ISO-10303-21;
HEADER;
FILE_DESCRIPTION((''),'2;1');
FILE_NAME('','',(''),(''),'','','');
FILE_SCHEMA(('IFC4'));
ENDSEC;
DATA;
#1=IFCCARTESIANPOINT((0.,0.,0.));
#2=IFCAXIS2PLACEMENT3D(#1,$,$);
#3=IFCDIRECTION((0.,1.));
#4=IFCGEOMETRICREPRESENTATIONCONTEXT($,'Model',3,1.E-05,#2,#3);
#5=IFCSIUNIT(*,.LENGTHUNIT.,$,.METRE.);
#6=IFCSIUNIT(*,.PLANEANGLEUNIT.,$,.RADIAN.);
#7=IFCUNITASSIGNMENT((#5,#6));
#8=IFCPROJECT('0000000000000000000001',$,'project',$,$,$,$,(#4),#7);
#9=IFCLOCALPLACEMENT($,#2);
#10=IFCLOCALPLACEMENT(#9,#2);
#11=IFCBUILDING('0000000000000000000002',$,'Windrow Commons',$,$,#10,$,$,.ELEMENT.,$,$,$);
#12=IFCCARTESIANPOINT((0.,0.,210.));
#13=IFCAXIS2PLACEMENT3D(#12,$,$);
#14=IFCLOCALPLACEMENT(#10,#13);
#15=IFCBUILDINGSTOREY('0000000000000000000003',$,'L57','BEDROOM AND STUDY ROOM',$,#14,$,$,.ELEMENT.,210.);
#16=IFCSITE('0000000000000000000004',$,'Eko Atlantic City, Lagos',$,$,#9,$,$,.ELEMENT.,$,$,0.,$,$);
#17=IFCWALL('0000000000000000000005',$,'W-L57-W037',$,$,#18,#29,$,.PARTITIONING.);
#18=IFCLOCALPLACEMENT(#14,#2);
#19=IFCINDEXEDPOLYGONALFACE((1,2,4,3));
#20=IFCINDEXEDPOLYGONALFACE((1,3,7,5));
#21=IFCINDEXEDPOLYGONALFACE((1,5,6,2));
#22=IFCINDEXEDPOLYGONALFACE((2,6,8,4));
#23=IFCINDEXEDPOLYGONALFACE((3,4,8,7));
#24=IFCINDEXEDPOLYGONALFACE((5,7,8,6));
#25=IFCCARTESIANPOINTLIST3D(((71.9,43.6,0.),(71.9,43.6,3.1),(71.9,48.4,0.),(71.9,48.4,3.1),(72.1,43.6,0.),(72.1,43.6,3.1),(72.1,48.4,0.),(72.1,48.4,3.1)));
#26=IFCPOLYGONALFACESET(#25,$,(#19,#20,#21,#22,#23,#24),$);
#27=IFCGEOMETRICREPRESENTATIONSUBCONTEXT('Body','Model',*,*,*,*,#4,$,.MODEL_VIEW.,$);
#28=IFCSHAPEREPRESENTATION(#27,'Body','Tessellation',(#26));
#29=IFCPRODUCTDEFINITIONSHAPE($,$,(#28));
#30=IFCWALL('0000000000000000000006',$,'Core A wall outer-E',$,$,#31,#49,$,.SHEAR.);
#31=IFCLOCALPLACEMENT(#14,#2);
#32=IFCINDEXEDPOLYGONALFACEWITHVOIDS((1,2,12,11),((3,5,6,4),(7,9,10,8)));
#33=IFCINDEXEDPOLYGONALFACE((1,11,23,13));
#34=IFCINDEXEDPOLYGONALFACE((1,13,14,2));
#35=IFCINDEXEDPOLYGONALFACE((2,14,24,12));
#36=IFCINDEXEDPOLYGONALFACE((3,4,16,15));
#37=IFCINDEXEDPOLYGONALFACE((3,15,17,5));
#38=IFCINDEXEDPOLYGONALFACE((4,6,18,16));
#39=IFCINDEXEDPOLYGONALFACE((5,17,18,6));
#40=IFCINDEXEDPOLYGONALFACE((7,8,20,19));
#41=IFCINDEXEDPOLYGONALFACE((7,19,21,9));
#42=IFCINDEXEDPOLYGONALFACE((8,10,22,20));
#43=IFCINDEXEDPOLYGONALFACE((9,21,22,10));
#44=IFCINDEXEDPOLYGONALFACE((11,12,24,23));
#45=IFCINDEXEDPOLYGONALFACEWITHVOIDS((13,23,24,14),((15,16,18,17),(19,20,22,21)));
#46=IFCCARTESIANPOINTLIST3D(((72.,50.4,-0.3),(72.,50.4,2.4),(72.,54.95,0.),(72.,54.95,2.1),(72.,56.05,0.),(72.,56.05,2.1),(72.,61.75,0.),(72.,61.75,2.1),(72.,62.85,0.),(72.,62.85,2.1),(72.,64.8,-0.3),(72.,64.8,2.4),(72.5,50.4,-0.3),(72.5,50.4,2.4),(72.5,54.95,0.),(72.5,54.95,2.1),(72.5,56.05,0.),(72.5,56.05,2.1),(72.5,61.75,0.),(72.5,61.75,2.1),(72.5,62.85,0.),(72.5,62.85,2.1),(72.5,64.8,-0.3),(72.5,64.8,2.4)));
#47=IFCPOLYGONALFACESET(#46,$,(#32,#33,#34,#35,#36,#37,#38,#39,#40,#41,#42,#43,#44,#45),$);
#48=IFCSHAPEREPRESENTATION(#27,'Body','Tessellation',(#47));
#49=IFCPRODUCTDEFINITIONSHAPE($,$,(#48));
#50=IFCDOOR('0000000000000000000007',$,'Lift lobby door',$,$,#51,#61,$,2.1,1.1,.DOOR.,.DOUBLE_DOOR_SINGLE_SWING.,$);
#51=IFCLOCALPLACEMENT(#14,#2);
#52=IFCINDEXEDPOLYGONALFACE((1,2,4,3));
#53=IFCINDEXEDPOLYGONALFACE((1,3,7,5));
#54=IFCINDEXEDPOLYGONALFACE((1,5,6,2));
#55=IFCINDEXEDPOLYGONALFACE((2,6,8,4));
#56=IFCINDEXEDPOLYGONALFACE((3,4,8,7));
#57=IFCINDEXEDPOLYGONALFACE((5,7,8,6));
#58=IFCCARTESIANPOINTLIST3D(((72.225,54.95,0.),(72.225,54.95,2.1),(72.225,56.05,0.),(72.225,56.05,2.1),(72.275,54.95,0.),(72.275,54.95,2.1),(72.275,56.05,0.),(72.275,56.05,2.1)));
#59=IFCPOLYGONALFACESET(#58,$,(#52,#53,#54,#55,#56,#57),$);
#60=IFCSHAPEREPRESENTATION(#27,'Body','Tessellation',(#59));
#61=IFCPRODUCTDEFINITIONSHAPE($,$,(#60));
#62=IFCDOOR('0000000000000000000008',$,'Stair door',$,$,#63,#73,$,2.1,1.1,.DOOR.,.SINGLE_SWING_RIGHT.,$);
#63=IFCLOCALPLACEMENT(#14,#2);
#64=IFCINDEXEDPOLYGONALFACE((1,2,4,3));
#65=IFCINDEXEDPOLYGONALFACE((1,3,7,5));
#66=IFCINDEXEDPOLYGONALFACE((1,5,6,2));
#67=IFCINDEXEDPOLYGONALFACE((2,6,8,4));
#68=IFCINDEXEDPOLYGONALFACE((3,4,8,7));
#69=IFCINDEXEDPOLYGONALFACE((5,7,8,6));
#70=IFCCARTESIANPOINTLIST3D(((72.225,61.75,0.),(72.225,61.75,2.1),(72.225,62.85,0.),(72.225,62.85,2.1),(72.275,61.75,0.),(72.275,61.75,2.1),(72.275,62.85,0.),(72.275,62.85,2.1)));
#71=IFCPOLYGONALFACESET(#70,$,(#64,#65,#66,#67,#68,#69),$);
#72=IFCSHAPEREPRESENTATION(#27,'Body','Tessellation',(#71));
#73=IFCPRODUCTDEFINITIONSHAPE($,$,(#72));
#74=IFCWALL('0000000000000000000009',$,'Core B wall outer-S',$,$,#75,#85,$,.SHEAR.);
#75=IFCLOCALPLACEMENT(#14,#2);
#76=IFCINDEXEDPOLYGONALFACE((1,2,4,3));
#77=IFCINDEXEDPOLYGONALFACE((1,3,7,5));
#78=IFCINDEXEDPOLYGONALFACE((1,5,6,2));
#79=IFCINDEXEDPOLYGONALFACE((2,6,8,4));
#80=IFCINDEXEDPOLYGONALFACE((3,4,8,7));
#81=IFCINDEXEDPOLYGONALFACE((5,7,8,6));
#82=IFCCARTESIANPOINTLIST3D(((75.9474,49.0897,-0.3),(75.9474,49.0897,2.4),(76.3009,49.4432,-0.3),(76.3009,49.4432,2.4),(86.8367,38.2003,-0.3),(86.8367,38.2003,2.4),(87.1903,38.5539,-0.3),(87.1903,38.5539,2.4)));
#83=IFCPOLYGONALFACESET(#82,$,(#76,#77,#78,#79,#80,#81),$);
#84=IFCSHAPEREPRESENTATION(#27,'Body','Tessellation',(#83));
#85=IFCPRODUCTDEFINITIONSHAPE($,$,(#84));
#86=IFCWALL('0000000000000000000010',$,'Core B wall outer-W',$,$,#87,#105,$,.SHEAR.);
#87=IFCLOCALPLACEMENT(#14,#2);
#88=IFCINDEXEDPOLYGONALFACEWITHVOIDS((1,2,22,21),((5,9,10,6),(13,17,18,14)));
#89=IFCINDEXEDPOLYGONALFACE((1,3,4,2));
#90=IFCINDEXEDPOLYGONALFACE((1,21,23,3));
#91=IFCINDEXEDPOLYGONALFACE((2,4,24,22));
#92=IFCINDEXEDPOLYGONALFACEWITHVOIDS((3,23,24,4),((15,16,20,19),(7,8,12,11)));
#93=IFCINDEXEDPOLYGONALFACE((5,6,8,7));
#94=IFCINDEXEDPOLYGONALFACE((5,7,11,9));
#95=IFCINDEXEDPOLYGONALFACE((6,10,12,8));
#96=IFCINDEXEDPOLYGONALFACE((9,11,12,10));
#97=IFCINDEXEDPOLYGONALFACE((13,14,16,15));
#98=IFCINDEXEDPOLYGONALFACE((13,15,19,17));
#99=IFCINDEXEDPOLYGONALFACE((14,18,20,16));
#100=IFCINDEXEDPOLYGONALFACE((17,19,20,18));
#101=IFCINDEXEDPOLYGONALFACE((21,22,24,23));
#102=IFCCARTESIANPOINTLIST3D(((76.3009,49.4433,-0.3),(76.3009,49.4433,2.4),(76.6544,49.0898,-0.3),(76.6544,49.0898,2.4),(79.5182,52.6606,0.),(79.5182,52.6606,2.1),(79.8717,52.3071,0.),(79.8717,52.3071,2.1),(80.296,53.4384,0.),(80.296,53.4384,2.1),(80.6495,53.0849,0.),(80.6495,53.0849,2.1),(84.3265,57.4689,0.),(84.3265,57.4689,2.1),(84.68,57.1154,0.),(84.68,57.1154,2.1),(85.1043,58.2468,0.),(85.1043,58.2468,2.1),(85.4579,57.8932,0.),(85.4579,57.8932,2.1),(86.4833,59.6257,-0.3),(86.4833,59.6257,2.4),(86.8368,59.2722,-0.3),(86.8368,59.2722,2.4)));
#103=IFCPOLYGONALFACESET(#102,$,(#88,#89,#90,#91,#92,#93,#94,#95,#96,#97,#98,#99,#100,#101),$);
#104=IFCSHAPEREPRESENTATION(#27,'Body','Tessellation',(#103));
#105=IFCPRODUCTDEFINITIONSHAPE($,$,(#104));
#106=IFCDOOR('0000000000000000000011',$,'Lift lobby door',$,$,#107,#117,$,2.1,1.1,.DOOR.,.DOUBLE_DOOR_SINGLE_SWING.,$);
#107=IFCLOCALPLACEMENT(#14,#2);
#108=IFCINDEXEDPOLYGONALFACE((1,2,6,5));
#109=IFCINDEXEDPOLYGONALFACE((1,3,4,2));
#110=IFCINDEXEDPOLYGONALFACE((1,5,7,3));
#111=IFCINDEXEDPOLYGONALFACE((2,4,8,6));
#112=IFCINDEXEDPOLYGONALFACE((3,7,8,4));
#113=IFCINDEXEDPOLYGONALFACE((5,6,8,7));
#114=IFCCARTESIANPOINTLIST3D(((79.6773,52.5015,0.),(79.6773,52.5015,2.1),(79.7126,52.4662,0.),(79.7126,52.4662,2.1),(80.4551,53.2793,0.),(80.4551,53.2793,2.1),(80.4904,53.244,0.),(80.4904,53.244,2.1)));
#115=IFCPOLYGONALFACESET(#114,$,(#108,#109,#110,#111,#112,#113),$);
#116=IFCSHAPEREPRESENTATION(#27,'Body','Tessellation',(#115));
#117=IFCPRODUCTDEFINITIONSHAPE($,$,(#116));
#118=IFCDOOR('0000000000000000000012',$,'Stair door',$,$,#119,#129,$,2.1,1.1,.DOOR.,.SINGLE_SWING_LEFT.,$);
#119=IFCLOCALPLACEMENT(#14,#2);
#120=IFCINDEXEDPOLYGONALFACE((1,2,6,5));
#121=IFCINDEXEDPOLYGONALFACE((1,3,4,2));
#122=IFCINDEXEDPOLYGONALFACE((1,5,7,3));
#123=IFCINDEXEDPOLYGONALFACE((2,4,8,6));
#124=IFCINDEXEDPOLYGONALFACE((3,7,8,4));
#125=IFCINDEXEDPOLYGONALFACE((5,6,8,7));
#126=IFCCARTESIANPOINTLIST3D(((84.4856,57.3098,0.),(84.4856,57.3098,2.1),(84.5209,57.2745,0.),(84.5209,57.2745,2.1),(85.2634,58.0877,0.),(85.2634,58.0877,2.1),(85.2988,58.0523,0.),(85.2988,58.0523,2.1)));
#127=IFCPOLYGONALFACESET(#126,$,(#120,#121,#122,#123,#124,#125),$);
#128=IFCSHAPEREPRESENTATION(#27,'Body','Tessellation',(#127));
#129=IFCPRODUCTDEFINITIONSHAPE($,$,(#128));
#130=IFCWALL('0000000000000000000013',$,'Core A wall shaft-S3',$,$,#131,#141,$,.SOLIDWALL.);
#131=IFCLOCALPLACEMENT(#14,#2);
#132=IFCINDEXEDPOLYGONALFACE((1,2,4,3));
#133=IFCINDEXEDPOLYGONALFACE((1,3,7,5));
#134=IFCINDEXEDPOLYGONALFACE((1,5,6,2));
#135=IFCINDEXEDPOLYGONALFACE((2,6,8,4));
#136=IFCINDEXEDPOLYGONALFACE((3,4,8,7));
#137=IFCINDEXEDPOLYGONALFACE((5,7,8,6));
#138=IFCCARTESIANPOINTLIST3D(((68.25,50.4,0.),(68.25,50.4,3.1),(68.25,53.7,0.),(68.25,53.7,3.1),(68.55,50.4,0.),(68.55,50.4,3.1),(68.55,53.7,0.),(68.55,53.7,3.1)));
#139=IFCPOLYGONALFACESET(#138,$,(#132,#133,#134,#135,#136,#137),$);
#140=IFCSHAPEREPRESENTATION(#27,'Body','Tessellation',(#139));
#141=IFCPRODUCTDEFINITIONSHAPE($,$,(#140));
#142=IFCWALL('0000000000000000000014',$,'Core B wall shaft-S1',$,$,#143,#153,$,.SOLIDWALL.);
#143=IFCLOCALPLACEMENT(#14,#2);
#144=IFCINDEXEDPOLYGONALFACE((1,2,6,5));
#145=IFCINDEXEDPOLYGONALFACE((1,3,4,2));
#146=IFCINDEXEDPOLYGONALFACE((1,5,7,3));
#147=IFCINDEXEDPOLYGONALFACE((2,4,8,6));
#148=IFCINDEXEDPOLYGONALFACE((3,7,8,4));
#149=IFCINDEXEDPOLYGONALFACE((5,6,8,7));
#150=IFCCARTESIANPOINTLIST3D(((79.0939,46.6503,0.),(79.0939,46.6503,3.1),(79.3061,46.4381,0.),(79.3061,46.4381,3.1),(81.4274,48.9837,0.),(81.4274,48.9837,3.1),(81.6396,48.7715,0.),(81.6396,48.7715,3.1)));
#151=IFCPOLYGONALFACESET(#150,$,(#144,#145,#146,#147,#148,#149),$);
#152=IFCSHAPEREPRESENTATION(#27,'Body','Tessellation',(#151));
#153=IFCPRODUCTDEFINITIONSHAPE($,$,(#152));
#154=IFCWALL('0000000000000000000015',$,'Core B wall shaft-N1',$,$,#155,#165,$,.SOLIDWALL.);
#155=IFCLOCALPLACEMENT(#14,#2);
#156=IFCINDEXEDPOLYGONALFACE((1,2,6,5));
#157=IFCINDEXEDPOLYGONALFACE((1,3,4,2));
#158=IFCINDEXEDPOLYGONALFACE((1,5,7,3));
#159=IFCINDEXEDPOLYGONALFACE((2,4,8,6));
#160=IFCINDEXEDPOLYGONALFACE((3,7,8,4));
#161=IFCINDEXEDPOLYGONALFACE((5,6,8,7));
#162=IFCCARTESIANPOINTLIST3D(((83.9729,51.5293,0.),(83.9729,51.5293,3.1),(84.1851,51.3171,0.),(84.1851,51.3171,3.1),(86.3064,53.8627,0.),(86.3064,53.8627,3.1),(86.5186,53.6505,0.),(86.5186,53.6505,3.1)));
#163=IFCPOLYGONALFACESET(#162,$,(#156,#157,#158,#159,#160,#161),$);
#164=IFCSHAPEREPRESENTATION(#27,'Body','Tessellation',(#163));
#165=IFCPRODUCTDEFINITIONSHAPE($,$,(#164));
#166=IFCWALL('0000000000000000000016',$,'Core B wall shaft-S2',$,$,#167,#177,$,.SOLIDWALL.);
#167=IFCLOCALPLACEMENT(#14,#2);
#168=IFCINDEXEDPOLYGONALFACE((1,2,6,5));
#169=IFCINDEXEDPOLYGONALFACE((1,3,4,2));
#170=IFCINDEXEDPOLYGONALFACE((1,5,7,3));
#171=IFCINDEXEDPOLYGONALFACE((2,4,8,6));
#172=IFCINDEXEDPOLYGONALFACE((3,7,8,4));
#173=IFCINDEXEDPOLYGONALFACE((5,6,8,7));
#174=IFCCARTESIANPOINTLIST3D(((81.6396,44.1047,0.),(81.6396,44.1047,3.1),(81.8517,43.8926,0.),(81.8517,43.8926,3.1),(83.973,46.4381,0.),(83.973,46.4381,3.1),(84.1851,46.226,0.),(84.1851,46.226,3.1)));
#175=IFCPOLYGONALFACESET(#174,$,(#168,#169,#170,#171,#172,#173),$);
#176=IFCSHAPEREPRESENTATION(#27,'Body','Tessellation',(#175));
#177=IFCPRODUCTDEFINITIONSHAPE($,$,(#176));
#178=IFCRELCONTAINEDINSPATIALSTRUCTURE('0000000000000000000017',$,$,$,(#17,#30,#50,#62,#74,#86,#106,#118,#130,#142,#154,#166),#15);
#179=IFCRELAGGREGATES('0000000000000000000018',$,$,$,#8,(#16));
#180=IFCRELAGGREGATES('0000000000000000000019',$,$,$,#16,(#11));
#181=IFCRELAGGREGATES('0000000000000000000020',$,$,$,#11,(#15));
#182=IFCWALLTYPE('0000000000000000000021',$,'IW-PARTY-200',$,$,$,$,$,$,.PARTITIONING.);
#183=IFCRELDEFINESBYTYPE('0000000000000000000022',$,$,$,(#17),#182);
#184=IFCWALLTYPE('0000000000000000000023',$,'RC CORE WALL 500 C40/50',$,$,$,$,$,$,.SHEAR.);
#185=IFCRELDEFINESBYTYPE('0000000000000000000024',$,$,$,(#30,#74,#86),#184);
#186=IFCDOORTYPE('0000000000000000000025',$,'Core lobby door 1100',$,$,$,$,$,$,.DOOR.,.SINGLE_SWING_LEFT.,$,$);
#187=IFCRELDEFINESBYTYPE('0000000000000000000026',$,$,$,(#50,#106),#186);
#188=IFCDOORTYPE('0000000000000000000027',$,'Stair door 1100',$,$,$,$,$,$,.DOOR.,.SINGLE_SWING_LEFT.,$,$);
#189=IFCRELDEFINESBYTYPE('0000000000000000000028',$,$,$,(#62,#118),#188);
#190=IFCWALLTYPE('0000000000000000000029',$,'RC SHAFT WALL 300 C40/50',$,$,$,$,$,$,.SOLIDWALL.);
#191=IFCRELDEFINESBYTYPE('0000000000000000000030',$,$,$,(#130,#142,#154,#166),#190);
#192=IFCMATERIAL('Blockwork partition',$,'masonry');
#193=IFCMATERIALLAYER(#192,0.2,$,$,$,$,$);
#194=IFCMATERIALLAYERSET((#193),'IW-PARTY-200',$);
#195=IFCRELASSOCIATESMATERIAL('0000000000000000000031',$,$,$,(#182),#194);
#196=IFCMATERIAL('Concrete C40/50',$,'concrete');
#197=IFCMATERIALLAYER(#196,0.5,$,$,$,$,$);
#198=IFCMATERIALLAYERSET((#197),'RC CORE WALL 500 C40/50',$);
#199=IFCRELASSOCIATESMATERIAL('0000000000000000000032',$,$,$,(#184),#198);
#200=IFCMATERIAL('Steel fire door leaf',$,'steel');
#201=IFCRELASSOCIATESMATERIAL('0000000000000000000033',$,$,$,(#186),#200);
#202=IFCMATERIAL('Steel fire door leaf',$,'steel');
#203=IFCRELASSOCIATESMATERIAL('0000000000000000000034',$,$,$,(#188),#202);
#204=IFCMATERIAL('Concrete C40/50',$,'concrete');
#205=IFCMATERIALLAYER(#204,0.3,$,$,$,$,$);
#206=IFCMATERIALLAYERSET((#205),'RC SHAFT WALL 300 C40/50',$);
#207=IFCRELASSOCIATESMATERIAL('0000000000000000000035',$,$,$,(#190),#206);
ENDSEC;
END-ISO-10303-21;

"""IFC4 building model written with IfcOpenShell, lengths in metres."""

from ifc_helpers import new_model, si_unit, direction, frame, frame_2d, origin, place, context, subcontext, project, spatial, rectangle, extrude, material, layer, layer_set, type_object, element, fill, save


model = new_model("IFC4")

# Units and contexts
model_context = context("Model", 3, precision=1e-05, world=origin(), true_north=direction((0.0, 1.0)))
body_context = subcontext(model_context, "Body", "Model", "MODEL_VIEW")
ifc_project = project(units=[si_unit("LENGTHUNIT", "METRE"), si_unit("PLANEANGLEUNIT", "RADIAN")], contexts=[model_context])

# Site, building, storey
site_placement = place(None, origin())
site = spatial("IfcSite", under=ifc_project, at=site_placement, Name="Eko Atlantic City, Lagos", CompositionType="ELEMENT", RefElevation=0.0)
building_placement = place(site_placement, origin())
building = spatial("IfcBuilding", under=site, at=building_placement, Name="Windrow Commons", CompositionType="ELEMENT")
storey_placement = place(building_placement, frame((0.0, 0.0, 210.0)))
storey = spatial("IfcBuildingStorey", under=building, at=storey_placement, Name="L57", Description="BEDROOM AND STUDY ROOM", CompositionType="ELEMENT", Elevation=210.0)

# Wall
ifc_material_1 = material(Name="Blockwork partition", Category="masonry")
ifc_layer_1 = layer(ifc_material_1, 0.2)
ifc_layer_set_1 = layer_set([ifc_layer_1], Name="IW-PARTY-200")
wall_type_1 = type_object("IfcWallType", Name="IW-PARTY-200", PredefinedType="PARTITIONING", material=ifc_layer_set_1)
wall_1_placement = place(storey_placement, frame((72.0, 43.6, 0.0), z_axis=(0.0, 0.0, 1.0), x_axis=(0.0, 1.0, 0.0)))
element("IfcWall", 1, at=wall_1_placement, inside=storey, type_object=wall_type_1, Name="W-L57-W037", PredefinedType="PARTITIONING", context=body_context, shape_type="SweptSolid", body=[
    extrude(rectangle(XDim=4.8, YDim=0.2, at=frame_2d((2.4, 0.0))), origin(), (0.0, 0.0, 1.0), 3.1),
])

# Wall, openings, doors
ifc_material_2 = material(Name="Concrete C40/50", Category="concrete")
ifc_layer_2 = layer(ifc_material_2, 0.5)
ifc_layer_set_2 = layer_set([ifc_layer_2], Name="RC CORE WALL 500 C40/50")
wall_type_2 = type_object("IfcWallType", Name="RC CORE WALL 500 C40/50", PredefinedType="SHEAR", material=ifc_layer_set_2)
wall_2_placement = place(storey_placement, frame((72.25, 50.4, -0.3), z_axis=(0.0, 0.0, 1.0), x_axis=(0.0, 1.0, 0.0)))
wall_2 = element("IfcWall", 2, at=wall_2_placement, inside=storey, type_object=wall_type_2, Name="Core A wall outer-E", PredefinedType="SHEAR", context=body_context, shape_type="SweptSolid", body=[
    extrude(rectangle(XDim=14.4, YDim=0.5, at=frame_2d((7.2, 0.0))), origin(), (0.0, 0.0, 1.0), 2.7),
])
opening_1_placement = place(wall_2_placement, frame((4.55, 0.0, 0.3)))
opening_1 = element("IfcOpeningElement", 3, at=opening_1_placement, cuts=wall_2, PredefinedType="OPENING", context=body_context, shape_type="SweptSolid", body=[
    extrude(rectangle(XDim=1.1, YDim=2.1, at=frame_2d((0.55, 1.05))), frame((0.0, 0.26, 0.0), z_axis=(0.0, -1.0, 0.0), x_axis=(1.0, 0.0, 0.0)), (0.0, 0.0, 1.0), 0.52),
])
opening_2_placement = place(wall_2_placement, frame((11.35, 0.0, 0.3)))
opening_2 = element("IfcOpeningElement", 4, at=opening_2_placement, cuts=wall_2, PredefinedType="OPENING", context=body_context, shape_type="SweptSolid", body=[
    extrude(rectangle(XDim=1.1, YDim=2.1, at=frame_2d((0.55, 1.05))), frame((0.0, 0.26, 0.0), z_axis=(0.0, -1.0, 0.0), x_axis=(1.0, 0.0, 0.0)), (0.0, 0.0, 1.0), 0.52),
])
ifc_material_3 = material(Name="Steel fire door leaf", Category="steel")
door_type_1 = type_object("IfcDoorType", Name="Core lobby door 1100", OperationType="SINGLE_SWING_LEFT", PredefinedType="DOOR", material=ifc_material_3)
door_1_placement = place(opening_1_placement, origin())
door_1 = element("IfcDoor", 5, at=door_1_placement, inside=storey, type_object=door_type_1, Name="Lift lobby door", OperationType="DOUBLE_DOOR_SINGLE_SWING", OverallHeight=2.1, OverallWidth=1.1, PredefinedType="DOOR", context=body_context, shape_type="SweptSolid", body=[
    extrude(rectangle(XDim=1.1, YDim=2.1, at=frame_2d((0.55, 1.05))), frame((0.0, 0.025, 0.0), z_axis=(0.0, -1.0, 0.0), x_axis=(1.0, 0.0, 0.0)), (0.0, 0.0, 1.0), 0.05),
])
fill(opening_1, door_1)
ifc_material_4 = material(Name="Steel fire door leaf", Category="steel")
door_type_2 = type_object("IfcDoorType", Name="Stair door 1100", OperationType="SINGLE_SWING_LEFT", PredefinedType="DOOR", material=ifc_material_4)
door_2_placement = place(opening_2_placement, origin())
door_2 = element("IfcDoor", 6, at=door_2_placement, inside=storey, type_object=door_type_2, Name="Stair door", OperationType="SINGLE_SWING_RIGHT", OverallHeight=2.1, OverallWidth=1.1, PredefinedType="DOOR", context=body_context, shape_type="SweptSolid", body=[
    extrude(rectangle(XDim=1.1, YDim=2.1, at=frame_2d((0.55, 1.05))), frame((0.0, 0.025, 0.0), z_axis=(0.0, -1.0, 0.0), x_axis=(1.0, 0.0, 0.0)), (0.0, 0.0, 1.0), 0.05),
])
fill(opening_2, door_2)

# Wall
wall_3_placement = place(storey_placement, frame((76.1241, 49.2665, -0.3), z_axis=(0.0, 0.0, 1.0), x_axis=(0.707107, -0.707107, 0.0)))
element("IfcWall", 7, at=wall_3_placement, inside=storey, type_object=wall_type_2, Name="Core B wall outer-S", PredefinedType="SHEAR", context=body_context, shape_type="SweptSolid", body=[
    extrude(rectangle(XDim=15.3999, YDim=0.5, at=frame_2d((7.7, 0.0))), origin(), (0.0, 0.0, 1.0), 2.7),
])

# Wall, openings, doors
wall_4_placement = place(storey_placement, frame((76.4776, 49.2665, -0.3), z_axis=(0.0, 0.0, 1.0), x_axis=(0.707107, 0.707107, 0.0)))
wall_4 = element("IfcWall", 8, at=wall_4_placement, inside=storey, type_object=wall_type_2, Name="Core B wall outer-W", PredefinedType="SHEAR", context=body_context, shape_type="SweptSolid", body=[
    extrude(rectangle(XDim=14.4001, YDim=0.5, at=frame_2d((7.2001, 0.0))), origin(), (0.0, 0.0, 1.0), 2.7),
])
opening_3_placement = place(wall_4_placement, frame((4.55, 0.0, 0.3)))
opening_3 = element("IfcOpeningElement", 9, at=opening_3_placement, cuts=wall_4, PredefinedType="OPENING", context=body_context, shape_type="SweptSolid", body=[
    extrude(rectangle(XDim=1.1, YDim=2.1, at=frame_2d((0.55, 1.05))), frame((0.0, 0.26, 0.0), z_axis=(0.0, -1.0, 0.0), x_axis=(1.0, 0.0, 0.0)), (0.0, 0.0, 1.0), 0.52),
])
opening_4_placement = place(wall_4_placement, frame((11.35, 0.0, 0.3)))
opening_4 = element("IfcOpeningElement", 10, at=opening_4_placement, cuts=wall_4, PredefinedType="OPENING", context=body_context, shape_type="SweptSolid", body=[
    extrude(rectangle(XDim=1.1, YDim=2.1, at=frame_2d((0.55, 1.05))), frame((0.0, 0.26, 0.0), z_axis=(0.0, -1.0, 0.0), x_axis=(1.0, 0.0, 0.0)), (0.0, 0.0, 1.0), 0.52),
])
door_3_placement = place(opening_3_placement, origin())
door_3 = element("IfcDoor", 11, at=door_3_placement, inside=storey, type_object=door_type_1, Name="Lift lobby door", OperationType="DOUBLE_DOOR_SINGLE_SWING", OverallHeight=2.1, OverallWidth=1.1, PredefinedType="DOOR", context=body_context, shape_type="SweptSolid", body=[
    extrude(rectangle(XDim=1.1, YDim=2.1, at=frame_2d((0.55, 1.05))), frame((0.0, 0.025, 0.0), z_axis=(0.0, -1.0, 0.0), x_axis=(1.0, 0.0, 0.0)), (0.0, 0.0, 1.0), 0.05),
])
fill(opening_3, door_3)
door_4_placement = place(opening_4_placement, origin())
door_4 = element("IfcDoor", 12, at=door_4_placement, inside=storey, type_object=door_type_2, Name="Stair door", OperationType="SINGLE_SWING_LEFT", OverallHeight=2.1, OverallWidth=1.1, PredefinedType="DOOR", context=body_context, shape_type="SweptSolid", body=[
    extrude(rectangle(XDim=1.1, YDim=2.1, at=frame_2d((0.55, 1.05))), frame((0.0, 0.025, 0.0), z_axis=(0.0, -1.0, 0.0), x_axis=(1.0, 0.0, 0.0)), (0.0, 0.0, 1.0), 0.05),
])
fill(opening_4, door_4)

# Walls
ifc_material_5 = material(Name="Concrete C40/50", Category="concrete")
ifc_layer_3 = layer(ifc_material_5, 0.3)
ifc_layer_set_3 = layer_set([ifc_layer_3], Name="RC SHAFT WALL 300 C40/50")
wall_type_3 = type_object("IfcWallType", Name="RC SHAFT WALL 300 C40/50", PredefinedType="SOLIDWALL", material=ifc_layer_set_3)
for number, where, z_axis, x_axis, name in (
    (13, (68.4, 50.4, 0.0), (0.0, 0.0, 1.0), (0.0, 1.0, 0.0), "Core A wall shaft-S3"),
    (14, (79.2, 46.5442, 0.0), (0.0, 0.0, 1.0), (0.707122, 0.707092, 0.0), "Core B wall shaft-S1"),
    (15, (84.079, 51.4232, 0.0), (0.0, 0.0, 1.0), (0.707122, 0.707092, 0.0), "Core B wall shaft-N1"),
):
    element("IfcWall", number, at=place(storey_placement, frame(where, z_axis=z_axis, x_axis=x_axis)), inside=storey, type_object=wall_type_3, Name=name, PredefinedType="SOLIDWALL", context=body_context, shape_type="SweptSolid", body=[
        extrude(rectangle(XDim=3.3, YDim=0.3, at=frame_2d((1.65, 0.0))), origin(), (0.0, 0.0, 1.0), 3.1),
    ])
wall_5_placement = place(storey_placement, frame((81.7456, 43.9986, 0.0), z_axis=(0.0, 0.0, 1.0), x_axis=(0.707107, 0.707107, 0.0)))
element("IfcWall", 16, at=wall_5_placement, inside=storey, type_object=wall_type_3, Name="Core B wall shaft-S2", PredefinedType="SOLIDWALL", context=body_context, shape_type="SweptSolid", body=[
    extrude(rectangle(XDim=3.2999, YDim=0.3, at=frame_2d((1.65, 0.0))), origin(), (0.0, 0.0, 1.0), 3.1),
])

save(model, "model.ifc")
